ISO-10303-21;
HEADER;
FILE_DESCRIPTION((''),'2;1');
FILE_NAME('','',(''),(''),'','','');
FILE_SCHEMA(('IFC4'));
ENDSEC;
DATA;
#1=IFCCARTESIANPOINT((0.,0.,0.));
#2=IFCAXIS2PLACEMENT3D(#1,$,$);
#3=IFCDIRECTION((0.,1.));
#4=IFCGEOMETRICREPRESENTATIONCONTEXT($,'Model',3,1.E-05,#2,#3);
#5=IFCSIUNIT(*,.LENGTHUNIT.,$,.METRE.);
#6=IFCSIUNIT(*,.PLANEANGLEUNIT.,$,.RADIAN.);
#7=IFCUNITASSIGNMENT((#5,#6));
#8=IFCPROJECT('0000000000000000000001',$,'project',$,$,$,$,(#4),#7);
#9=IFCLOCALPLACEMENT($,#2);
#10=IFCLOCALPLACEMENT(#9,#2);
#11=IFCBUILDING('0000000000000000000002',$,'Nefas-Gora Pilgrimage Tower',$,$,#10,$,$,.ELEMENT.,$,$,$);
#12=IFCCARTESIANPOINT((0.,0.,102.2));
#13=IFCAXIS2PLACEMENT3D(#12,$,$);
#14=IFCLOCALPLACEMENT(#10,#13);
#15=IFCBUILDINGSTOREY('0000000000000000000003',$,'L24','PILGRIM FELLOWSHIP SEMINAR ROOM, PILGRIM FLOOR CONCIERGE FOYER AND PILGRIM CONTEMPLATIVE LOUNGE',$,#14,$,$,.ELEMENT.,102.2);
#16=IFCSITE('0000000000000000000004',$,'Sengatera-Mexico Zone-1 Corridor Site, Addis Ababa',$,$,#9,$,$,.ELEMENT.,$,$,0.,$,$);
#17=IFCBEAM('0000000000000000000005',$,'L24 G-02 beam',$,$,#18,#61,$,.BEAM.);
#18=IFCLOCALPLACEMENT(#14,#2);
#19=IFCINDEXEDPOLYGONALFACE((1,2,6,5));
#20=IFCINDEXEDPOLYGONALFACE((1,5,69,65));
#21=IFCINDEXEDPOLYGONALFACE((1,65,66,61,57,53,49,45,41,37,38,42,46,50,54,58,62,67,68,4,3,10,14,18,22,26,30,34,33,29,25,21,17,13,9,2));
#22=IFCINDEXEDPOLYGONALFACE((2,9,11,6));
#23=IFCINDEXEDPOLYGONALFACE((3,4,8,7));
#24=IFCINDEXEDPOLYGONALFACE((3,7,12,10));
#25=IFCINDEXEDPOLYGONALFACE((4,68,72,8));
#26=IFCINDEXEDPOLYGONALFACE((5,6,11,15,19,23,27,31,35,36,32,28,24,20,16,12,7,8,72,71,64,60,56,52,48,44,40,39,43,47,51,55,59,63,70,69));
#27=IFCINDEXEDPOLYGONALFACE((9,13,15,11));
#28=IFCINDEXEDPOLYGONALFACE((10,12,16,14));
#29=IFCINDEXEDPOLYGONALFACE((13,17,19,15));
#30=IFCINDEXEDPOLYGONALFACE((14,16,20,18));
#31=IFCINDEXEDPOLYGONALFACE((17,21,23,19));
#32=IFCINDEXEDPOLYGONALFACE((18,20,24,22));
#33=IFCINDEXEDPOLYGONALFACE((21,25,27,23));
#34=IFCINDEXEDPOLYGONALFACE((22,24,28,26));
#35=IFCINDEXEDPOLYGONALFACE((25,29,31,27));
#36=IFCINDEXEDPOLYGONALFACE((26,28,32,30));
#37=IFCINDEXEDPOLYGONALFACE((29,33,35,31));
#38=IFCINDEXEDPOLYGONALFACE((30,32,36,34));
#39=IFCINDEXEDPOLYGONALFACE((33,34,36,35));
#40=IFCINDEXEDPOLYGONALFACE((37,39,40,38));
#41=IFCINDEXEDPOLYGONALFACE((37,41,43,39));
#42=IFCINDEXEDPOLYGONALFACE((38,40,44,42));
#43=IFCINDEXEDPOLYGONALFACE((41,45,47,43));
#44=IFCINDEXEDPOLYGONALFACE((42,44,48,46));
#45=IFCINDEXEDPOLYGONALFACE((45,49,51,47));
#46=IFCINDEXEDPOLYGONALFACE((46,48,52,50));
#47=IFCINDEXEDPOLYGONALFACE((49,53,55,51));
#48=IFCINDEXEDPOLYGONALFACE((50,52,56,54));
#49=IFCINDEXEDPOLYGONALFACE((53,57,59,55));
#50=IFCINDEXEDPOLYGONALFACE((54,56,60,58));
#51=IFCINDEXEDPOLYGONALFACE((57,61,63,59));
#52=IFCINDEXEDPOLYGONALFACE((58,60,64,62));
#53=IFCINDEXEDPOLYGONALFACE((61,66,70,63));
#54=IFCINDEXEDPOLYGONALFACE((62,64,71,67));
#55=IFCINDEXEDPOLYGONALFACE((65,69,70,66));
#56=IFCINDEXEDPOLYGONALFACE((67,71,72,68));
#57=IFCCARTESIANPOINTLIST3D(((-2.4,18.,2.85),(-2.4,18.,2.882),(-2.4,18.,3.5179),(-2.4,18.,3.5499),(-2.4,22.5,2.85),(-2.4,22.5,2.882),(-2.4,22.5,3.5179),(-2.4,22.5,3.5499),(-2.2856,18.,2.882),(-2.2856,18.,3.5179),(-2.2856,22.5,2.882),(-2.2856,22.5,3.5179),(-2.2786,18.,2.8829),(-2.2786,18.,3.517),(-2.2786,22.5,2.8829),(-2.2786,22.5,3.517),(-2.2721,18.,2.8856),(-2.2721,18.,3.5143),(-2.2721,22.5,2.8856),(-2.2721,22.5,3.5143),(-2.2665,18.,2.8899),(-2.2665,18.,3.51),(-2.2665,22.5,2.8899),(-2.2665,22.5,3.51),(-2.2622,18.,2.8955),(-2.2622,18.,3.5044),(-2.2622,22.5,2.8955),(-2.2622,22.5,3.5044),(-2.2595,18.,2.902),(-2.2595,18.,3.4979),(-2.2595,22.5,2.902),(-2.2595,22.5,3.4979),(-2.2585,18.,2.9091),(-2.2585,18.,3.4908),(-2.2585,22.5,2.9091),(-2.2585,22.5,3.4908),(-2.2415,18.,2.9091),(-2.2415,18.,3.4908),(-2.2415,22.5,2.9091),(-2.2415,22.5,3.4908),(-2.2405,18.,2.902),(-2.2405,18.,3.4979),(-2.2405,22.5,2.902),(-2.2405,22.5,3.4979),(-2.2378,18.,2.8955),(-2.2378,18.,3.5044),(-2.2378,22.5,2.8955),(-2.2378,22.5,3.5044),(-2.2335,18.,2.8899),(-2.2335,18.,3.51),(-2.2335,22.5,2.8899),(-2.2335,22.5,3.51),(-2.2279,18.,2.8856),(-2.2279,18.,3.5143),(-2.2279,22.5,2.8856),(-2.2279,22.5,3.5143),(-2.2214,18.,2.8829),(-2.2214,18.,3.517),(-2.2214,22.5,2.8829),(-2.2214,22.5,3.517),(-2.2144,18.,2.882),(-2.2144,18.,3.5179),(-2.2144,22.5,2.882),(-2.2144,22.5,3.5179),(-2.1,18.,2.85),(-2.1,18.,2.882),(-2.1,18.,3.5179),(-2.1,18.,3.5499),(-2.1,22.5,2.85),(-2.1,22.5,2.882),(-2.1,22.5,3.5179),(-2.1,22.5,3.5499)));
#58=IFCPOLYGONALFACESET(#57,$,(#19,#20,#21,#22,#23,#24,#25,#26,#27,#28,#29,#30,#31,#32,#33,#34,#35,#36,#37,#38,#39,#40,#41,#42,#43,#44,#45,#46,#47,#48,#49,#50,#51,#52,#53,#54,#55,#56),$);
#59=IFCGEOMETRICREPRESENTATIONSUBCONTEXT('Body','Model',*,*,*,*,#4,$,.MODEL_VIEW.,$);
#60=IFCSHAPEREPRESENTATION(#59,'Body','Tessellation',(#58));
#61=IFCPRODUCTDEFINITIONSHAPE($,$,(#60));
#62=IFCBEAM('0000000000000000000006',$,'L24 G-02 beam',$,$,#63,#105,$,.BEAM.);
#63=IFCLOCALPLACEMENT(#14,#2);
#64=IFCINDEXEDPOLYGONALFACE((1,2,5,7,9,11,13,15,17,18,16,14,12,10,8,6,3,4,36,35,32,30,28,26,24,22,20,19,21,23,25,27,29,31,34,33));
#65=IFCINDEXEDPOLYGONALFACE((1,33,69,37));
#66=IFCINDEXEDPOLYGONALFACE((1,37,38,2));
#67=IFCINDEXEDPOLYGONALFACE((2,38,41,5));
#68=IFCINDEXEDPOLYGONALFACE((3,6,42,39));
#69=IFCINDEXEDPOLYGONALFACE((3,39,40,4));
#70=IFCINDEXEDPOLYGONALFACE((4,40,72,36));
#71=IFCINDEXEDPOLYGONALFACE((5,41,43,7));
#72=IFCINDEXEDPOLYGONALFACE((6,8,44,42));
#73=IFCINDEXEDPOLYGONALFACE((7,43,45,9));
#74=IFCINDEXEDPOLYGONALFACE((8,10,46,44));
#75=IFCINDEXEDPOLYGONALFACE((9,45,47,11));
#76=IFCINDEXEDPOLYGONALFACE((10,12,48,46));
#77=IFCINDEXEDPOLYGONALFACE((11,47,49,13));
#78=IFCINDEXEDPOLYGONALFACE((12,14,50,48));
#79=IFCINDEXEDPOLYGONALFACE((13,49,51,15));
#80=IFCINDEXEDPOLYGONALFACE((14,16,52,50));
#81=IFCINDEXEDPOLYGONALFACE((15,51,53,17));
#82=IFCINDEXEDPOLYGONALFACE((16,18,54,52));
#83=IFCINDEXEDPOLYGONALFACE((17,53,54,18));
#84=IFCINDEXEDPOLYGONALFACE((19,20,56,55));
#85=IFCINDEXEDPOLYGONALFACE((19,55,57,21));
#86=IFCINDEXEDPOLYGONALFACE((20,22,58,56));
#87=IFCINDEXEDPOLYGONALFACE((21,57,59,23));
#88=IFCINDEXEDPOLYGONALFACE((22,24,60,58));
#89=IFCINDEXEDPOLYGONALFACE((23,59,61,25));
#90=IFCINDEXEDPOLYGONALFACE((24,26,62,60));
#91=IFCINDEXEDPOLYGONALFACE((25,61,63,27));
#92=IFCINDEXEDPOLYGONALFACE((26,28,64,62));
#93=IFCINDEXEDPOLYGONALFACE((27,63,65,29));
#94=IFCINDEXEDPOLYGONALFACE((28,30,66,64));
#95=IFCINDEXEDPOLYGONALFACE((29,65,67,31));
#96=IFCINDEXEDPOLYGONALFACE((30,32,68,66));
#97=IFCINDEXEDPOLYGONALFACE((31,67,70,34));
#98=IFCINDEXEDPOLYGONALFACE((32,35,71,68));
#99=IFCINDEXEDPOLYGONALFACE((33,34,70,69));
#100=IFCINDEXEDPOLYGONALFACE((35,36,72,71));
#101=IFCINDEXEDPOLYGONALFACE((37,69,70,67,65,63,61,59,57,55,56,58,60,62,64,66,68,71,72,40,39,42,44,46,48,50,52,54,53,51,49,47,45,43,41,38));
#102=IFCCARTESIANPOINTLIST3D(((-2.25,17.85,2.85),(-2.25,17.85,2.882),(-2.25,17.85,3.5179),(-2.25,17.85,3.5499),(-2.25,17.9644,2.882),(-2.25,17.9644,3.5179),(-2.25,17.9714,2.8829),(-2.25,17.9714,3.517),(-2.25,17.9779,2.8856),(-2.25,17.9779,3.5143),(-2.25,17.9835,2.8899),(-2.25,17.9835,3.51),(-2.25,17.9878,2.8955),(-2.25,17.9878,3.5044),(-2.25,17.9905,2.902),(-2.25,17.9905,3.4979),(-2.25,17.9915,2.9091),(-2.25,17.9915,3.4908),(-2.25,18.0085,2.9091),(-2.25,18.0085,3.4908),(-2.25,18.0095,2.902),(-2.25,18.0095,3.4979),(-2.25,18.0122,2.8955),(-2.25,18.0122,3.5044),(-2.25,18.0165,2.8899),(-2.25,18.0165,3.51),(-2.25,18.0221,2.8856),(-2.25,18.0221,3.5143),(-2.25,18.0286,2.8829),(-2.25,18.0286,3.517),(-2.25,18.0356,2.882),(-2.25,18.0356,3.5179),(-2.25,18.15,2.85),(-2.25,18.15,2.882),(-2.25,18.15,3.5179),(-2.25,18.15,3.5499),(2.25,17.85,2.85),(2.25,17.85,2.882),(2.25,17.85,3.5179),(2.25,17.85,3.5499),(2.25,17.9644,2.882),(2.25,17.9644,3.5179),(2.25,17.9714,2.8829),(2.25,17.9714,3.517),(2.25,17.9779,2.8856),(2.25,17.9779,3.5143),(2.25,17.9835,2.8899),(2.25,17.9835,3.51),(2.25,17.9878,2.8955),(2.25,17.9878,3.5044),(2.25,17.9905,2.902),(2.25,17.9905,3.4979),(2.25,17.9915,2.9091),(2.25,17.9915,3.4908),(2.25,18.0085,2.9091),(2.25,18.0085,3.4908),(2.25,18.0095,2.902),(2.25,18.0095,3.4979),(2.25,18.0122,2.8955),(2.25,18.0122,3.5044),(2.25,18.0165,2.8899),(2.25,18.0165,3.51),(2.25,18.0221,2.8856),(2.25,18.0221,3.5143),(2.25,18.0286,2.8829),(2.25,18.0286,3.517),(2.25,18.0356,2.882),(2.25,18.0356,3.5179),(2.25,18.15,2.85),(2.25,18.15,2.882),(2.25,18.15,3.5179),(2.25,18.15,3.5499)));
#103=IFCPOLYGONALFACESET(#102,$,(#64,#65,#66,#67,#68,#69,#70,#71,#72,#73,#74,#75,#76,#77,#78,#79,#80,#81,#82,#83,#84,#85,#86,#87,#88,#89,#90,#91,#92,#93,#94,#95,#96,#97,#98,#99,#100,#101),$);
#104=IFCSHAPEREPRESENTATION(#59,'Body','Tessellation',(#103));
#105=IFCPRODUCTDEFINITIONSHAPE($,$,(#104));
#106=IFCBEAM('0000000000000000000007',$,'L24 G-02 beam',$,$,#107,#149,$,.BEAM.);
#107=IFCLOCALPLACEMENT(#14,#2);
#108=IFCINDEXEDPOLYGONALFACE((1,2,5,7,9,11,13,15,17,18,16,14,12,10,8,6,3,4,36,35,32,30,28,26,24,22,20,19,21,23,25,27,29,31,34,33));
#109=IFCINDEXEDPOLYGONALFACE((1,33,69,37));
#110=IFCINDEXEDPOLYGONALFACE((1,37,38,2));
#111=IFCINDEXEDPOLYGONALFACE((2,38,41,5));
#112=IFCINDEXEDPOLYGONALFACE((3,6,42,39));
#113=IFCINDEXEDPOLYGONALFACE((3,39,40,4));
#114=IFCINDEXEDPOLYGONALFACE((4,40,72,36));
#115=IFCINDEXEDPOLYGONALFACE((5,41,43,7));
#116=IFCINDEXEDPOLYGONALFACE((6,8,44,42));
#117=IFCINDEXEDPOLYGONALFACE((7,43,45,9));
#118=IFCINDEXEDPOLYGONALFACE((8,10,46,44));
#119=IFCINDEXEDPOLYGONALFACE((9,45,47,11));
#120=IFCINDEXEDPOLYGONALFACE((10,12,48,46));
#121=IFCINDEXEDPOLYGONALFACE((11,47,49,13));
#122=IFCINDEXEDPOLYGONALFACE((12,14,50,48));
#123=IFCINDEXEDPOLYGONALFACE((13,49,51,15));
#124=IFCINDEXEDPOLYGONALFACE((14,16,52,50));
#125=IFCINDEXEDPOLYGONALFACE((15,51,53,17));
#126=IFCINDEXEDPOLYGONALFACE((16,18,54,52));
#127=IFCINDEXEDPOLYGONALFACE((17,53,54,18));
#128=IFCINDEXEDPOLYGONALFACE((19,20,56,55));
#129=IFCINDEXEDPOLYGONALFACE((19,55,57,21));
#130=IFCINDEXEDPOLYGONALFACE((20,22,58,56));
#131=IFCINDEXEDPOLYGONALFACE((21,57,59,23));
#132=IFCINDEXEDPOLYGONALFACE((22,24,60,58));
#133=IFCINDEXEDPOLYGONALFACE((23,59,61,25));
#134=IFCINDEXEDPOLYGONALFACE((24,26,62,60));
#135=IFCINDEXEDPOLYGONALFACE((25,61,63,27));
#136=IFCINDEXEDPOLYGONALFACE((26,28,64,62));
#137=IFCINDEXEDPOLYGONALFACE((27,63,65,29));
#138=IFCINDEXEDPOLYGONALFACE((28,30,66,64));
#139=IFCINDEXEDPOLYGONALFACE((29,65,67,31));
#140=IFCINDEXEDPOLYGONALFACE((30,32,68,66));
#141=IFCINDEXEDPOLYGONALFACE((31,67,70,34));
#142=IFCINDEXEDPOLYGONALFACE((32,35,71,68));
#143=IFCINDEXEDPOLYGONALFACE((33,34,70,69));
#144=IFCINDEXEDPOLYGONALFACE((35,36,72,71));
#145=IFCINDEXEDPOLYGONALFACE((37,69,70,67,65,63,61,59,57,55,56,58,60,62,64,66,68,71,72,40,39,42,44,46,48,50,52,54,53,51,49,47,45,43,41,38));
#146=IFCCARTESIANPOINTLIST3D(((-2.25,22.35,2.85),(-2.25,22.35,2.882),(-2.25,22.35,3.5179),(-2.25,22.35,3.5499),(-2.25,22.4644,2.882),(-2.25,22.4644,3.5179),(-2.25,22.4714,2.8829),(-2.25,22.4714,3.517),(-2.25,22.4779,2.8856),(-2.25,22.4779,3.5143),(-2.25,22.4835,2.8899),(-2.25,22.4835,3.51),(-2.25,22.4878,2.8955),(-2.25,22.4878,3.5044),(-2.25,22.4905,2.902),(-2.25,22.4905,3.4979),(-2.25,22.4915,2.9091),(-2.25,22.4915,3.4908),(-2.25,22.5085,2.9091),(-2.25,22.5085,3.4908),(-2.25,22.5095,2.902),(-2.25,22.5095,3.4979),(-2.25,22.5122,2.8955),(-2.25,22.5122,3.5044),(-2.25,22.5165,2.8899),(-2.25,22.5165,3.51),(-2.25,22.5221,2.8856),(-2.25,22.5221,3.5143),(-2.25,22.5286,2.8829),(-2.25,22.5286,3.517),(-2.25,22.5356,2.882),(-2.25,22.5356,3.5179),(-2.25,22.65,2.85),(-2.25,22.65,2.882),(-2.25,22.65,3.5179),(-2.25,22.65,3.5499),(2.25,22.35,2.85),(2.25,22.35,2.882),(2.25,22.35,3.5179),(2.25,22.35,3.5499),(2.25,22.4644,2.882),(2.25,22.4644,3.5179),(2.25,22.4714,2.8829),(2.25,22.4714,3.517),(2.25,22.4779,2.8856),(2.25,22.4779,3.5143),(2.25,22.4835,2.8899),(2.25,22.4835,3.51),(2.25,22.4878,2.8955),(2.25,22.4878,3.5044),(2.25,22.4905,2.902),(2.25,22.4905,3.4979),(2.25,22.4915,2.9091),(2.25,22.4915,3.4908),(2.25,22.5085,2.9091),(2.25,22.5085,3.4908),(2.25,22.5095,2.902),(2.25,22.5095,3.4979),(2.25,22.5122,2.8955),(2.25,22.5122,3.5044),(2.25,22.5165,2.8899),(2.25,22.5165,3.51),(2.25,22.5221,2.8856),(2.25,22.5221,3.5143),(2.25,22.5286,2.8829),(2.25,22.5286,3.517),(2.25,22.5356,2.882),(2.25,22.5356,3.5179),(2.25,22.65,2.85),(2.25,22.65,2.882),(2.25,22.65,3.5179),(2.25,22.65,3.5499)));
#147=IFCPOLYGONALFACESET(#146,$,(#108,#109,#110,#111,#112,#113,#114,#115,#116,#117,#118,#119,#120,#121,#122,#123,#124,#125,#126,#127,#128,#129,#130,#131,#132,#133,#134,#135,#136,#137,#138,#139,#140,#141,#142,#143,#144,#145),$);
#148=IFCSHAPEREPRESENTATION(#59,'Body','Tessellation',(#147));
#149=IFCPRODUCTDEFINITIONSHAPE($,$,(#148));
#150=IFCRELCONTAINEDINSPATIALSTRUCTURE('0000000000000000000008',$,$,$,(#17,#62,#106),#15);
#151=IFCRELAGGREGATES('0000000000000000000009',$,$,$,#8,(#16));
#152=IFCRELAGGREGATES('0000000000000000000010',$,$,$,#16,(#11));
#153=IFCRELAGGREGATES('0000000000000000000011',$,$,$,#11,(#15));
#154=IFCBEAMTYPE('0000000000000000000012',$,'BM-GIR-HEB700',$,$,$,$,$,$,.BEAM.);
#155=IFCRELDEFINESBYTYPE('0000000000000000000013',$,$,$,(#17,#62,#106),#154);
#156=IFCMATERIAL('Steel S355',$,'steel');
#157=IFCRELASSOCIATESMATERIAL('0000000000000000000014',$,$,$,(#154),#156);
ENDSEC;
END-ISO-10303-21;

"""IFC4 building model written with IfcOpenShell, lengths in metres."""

from ifc_helpers import new_model, si_unit, direction, frame, origin, origin_2d, place, context, subcontext, project, spatial, i_section, extrude, source, transform, mapped, material, material_profile, profile_set, type_object, element, save


model = new_model("IFC4")

# Units and contexts
model_context = context("Model", 3, precision=1e-05, world=origin(), true_north=direction((0.0, 1.0)))
body_context = subcontext(model_context, "Body", "Model", "MODEL_VIEW")
ifc_project = project(units=[si_unit("LENGTHUNIT", "METRE"), si_unit("PLANEANGLEUNIT", "RADIAN")], contexts=[model_context])

# Site, building, storey
site_placement = place(None, origin())
site = spatial("IfcSite", under=ifc_project, at=site_placement, Name="Sengatera-Mexico Zone-1 Corridor Site, Addis Ababa", CompositionType="ELEMENT", RefElevation=0.0)
building_placement = place(site_placement, origin())
building = spatial("IfcBuilding", under=site, at=building_placement, Name="Nefas-Gora Pilgrimage Tower", CompositionType="ELEMENT")
storey_placement = place(building_placement, frame((0.0, 0.0, 102.2)))
storey = spatial("IfcBuildingStorey", under=building, at=storey_placement, Name="L24", Description="PILGRIM FELLOWSHIP SEMINAR ROOM, PILGRIM FLOOR CONCIERGE FOYER AND PILGRIM CONTEMPLATIVE LOUNGE", CompositionType="ELEMENT", Elevation=102.2)

# Beams
ifc_material_1 = material(Name="Steel S355", Category="steel")
ifc_material_profile_1 = material_profile(ifc_material_1, i_section(OverallWidth=0.3, OverallDepth=0.7, WebThickness=0.0171, FlangeThickness=0.032, FilletRadius=0.0271, at=origin_2d()), Name="HEB 700")
ifc_profile_set_1 = profile_set([ifc_material_profile_1], Name="Steel S355")
beam_type_1 = type_object("IfcBeamType", Name="BM-GIR-HEB700", PredefinedType="BEAM", material=ifc_profile_set_1)
shared_shape_1 = source(origin(), body_context, "Body", "SweptSolid", [
    extrude(i_section(OverallWidth=0.3, OverallDepth=0.7, WebThickness=0.0171, FlangeThickness=0.032, FilletRadius=0.0271, at=origin_2d()), origin(), (0.0, 0.0, 1.0), 4.5),
])
for number, where, z_axis, x_axis, name in (
    (1, (-2.25, 18.0, 3.2), (0.0, 1.0, 0.0), (-1.0, 0.0, 0.0), "L24 G-02 beam"),
    (2, (-2.25, 18.0, 3.2), (1.0, 0.0, 0.0), (0.0, 1.0, 0.0), "L24 G-02 beam"),
    (3, (-2.25, 22.5, 3.2), (1.0, 0.0, 0.0), (0.0, 1.0, 0.0), "L24 G-02 beam"),
):
    element("IfcBeam", number, at=place(storey_placement, frame(where, z_axis=z_axis, x_axis=x_axis)), inside=storey, type_object=beam_type_1, Name=name, PredefinedType="BEAM", context=body_context, shape_type="MappedRepresentation", body=[
        mapped(shared_shape_1, transform((0.0, 0.0, 0.0), x_axis=(1.0, 0.0, 0.0), y_axis=(0.0, 1.0, 0.0), z_axis=(0.0, 0.0, 1.0), scale=1.0)),
    ])

save(model, "model.ifc")
